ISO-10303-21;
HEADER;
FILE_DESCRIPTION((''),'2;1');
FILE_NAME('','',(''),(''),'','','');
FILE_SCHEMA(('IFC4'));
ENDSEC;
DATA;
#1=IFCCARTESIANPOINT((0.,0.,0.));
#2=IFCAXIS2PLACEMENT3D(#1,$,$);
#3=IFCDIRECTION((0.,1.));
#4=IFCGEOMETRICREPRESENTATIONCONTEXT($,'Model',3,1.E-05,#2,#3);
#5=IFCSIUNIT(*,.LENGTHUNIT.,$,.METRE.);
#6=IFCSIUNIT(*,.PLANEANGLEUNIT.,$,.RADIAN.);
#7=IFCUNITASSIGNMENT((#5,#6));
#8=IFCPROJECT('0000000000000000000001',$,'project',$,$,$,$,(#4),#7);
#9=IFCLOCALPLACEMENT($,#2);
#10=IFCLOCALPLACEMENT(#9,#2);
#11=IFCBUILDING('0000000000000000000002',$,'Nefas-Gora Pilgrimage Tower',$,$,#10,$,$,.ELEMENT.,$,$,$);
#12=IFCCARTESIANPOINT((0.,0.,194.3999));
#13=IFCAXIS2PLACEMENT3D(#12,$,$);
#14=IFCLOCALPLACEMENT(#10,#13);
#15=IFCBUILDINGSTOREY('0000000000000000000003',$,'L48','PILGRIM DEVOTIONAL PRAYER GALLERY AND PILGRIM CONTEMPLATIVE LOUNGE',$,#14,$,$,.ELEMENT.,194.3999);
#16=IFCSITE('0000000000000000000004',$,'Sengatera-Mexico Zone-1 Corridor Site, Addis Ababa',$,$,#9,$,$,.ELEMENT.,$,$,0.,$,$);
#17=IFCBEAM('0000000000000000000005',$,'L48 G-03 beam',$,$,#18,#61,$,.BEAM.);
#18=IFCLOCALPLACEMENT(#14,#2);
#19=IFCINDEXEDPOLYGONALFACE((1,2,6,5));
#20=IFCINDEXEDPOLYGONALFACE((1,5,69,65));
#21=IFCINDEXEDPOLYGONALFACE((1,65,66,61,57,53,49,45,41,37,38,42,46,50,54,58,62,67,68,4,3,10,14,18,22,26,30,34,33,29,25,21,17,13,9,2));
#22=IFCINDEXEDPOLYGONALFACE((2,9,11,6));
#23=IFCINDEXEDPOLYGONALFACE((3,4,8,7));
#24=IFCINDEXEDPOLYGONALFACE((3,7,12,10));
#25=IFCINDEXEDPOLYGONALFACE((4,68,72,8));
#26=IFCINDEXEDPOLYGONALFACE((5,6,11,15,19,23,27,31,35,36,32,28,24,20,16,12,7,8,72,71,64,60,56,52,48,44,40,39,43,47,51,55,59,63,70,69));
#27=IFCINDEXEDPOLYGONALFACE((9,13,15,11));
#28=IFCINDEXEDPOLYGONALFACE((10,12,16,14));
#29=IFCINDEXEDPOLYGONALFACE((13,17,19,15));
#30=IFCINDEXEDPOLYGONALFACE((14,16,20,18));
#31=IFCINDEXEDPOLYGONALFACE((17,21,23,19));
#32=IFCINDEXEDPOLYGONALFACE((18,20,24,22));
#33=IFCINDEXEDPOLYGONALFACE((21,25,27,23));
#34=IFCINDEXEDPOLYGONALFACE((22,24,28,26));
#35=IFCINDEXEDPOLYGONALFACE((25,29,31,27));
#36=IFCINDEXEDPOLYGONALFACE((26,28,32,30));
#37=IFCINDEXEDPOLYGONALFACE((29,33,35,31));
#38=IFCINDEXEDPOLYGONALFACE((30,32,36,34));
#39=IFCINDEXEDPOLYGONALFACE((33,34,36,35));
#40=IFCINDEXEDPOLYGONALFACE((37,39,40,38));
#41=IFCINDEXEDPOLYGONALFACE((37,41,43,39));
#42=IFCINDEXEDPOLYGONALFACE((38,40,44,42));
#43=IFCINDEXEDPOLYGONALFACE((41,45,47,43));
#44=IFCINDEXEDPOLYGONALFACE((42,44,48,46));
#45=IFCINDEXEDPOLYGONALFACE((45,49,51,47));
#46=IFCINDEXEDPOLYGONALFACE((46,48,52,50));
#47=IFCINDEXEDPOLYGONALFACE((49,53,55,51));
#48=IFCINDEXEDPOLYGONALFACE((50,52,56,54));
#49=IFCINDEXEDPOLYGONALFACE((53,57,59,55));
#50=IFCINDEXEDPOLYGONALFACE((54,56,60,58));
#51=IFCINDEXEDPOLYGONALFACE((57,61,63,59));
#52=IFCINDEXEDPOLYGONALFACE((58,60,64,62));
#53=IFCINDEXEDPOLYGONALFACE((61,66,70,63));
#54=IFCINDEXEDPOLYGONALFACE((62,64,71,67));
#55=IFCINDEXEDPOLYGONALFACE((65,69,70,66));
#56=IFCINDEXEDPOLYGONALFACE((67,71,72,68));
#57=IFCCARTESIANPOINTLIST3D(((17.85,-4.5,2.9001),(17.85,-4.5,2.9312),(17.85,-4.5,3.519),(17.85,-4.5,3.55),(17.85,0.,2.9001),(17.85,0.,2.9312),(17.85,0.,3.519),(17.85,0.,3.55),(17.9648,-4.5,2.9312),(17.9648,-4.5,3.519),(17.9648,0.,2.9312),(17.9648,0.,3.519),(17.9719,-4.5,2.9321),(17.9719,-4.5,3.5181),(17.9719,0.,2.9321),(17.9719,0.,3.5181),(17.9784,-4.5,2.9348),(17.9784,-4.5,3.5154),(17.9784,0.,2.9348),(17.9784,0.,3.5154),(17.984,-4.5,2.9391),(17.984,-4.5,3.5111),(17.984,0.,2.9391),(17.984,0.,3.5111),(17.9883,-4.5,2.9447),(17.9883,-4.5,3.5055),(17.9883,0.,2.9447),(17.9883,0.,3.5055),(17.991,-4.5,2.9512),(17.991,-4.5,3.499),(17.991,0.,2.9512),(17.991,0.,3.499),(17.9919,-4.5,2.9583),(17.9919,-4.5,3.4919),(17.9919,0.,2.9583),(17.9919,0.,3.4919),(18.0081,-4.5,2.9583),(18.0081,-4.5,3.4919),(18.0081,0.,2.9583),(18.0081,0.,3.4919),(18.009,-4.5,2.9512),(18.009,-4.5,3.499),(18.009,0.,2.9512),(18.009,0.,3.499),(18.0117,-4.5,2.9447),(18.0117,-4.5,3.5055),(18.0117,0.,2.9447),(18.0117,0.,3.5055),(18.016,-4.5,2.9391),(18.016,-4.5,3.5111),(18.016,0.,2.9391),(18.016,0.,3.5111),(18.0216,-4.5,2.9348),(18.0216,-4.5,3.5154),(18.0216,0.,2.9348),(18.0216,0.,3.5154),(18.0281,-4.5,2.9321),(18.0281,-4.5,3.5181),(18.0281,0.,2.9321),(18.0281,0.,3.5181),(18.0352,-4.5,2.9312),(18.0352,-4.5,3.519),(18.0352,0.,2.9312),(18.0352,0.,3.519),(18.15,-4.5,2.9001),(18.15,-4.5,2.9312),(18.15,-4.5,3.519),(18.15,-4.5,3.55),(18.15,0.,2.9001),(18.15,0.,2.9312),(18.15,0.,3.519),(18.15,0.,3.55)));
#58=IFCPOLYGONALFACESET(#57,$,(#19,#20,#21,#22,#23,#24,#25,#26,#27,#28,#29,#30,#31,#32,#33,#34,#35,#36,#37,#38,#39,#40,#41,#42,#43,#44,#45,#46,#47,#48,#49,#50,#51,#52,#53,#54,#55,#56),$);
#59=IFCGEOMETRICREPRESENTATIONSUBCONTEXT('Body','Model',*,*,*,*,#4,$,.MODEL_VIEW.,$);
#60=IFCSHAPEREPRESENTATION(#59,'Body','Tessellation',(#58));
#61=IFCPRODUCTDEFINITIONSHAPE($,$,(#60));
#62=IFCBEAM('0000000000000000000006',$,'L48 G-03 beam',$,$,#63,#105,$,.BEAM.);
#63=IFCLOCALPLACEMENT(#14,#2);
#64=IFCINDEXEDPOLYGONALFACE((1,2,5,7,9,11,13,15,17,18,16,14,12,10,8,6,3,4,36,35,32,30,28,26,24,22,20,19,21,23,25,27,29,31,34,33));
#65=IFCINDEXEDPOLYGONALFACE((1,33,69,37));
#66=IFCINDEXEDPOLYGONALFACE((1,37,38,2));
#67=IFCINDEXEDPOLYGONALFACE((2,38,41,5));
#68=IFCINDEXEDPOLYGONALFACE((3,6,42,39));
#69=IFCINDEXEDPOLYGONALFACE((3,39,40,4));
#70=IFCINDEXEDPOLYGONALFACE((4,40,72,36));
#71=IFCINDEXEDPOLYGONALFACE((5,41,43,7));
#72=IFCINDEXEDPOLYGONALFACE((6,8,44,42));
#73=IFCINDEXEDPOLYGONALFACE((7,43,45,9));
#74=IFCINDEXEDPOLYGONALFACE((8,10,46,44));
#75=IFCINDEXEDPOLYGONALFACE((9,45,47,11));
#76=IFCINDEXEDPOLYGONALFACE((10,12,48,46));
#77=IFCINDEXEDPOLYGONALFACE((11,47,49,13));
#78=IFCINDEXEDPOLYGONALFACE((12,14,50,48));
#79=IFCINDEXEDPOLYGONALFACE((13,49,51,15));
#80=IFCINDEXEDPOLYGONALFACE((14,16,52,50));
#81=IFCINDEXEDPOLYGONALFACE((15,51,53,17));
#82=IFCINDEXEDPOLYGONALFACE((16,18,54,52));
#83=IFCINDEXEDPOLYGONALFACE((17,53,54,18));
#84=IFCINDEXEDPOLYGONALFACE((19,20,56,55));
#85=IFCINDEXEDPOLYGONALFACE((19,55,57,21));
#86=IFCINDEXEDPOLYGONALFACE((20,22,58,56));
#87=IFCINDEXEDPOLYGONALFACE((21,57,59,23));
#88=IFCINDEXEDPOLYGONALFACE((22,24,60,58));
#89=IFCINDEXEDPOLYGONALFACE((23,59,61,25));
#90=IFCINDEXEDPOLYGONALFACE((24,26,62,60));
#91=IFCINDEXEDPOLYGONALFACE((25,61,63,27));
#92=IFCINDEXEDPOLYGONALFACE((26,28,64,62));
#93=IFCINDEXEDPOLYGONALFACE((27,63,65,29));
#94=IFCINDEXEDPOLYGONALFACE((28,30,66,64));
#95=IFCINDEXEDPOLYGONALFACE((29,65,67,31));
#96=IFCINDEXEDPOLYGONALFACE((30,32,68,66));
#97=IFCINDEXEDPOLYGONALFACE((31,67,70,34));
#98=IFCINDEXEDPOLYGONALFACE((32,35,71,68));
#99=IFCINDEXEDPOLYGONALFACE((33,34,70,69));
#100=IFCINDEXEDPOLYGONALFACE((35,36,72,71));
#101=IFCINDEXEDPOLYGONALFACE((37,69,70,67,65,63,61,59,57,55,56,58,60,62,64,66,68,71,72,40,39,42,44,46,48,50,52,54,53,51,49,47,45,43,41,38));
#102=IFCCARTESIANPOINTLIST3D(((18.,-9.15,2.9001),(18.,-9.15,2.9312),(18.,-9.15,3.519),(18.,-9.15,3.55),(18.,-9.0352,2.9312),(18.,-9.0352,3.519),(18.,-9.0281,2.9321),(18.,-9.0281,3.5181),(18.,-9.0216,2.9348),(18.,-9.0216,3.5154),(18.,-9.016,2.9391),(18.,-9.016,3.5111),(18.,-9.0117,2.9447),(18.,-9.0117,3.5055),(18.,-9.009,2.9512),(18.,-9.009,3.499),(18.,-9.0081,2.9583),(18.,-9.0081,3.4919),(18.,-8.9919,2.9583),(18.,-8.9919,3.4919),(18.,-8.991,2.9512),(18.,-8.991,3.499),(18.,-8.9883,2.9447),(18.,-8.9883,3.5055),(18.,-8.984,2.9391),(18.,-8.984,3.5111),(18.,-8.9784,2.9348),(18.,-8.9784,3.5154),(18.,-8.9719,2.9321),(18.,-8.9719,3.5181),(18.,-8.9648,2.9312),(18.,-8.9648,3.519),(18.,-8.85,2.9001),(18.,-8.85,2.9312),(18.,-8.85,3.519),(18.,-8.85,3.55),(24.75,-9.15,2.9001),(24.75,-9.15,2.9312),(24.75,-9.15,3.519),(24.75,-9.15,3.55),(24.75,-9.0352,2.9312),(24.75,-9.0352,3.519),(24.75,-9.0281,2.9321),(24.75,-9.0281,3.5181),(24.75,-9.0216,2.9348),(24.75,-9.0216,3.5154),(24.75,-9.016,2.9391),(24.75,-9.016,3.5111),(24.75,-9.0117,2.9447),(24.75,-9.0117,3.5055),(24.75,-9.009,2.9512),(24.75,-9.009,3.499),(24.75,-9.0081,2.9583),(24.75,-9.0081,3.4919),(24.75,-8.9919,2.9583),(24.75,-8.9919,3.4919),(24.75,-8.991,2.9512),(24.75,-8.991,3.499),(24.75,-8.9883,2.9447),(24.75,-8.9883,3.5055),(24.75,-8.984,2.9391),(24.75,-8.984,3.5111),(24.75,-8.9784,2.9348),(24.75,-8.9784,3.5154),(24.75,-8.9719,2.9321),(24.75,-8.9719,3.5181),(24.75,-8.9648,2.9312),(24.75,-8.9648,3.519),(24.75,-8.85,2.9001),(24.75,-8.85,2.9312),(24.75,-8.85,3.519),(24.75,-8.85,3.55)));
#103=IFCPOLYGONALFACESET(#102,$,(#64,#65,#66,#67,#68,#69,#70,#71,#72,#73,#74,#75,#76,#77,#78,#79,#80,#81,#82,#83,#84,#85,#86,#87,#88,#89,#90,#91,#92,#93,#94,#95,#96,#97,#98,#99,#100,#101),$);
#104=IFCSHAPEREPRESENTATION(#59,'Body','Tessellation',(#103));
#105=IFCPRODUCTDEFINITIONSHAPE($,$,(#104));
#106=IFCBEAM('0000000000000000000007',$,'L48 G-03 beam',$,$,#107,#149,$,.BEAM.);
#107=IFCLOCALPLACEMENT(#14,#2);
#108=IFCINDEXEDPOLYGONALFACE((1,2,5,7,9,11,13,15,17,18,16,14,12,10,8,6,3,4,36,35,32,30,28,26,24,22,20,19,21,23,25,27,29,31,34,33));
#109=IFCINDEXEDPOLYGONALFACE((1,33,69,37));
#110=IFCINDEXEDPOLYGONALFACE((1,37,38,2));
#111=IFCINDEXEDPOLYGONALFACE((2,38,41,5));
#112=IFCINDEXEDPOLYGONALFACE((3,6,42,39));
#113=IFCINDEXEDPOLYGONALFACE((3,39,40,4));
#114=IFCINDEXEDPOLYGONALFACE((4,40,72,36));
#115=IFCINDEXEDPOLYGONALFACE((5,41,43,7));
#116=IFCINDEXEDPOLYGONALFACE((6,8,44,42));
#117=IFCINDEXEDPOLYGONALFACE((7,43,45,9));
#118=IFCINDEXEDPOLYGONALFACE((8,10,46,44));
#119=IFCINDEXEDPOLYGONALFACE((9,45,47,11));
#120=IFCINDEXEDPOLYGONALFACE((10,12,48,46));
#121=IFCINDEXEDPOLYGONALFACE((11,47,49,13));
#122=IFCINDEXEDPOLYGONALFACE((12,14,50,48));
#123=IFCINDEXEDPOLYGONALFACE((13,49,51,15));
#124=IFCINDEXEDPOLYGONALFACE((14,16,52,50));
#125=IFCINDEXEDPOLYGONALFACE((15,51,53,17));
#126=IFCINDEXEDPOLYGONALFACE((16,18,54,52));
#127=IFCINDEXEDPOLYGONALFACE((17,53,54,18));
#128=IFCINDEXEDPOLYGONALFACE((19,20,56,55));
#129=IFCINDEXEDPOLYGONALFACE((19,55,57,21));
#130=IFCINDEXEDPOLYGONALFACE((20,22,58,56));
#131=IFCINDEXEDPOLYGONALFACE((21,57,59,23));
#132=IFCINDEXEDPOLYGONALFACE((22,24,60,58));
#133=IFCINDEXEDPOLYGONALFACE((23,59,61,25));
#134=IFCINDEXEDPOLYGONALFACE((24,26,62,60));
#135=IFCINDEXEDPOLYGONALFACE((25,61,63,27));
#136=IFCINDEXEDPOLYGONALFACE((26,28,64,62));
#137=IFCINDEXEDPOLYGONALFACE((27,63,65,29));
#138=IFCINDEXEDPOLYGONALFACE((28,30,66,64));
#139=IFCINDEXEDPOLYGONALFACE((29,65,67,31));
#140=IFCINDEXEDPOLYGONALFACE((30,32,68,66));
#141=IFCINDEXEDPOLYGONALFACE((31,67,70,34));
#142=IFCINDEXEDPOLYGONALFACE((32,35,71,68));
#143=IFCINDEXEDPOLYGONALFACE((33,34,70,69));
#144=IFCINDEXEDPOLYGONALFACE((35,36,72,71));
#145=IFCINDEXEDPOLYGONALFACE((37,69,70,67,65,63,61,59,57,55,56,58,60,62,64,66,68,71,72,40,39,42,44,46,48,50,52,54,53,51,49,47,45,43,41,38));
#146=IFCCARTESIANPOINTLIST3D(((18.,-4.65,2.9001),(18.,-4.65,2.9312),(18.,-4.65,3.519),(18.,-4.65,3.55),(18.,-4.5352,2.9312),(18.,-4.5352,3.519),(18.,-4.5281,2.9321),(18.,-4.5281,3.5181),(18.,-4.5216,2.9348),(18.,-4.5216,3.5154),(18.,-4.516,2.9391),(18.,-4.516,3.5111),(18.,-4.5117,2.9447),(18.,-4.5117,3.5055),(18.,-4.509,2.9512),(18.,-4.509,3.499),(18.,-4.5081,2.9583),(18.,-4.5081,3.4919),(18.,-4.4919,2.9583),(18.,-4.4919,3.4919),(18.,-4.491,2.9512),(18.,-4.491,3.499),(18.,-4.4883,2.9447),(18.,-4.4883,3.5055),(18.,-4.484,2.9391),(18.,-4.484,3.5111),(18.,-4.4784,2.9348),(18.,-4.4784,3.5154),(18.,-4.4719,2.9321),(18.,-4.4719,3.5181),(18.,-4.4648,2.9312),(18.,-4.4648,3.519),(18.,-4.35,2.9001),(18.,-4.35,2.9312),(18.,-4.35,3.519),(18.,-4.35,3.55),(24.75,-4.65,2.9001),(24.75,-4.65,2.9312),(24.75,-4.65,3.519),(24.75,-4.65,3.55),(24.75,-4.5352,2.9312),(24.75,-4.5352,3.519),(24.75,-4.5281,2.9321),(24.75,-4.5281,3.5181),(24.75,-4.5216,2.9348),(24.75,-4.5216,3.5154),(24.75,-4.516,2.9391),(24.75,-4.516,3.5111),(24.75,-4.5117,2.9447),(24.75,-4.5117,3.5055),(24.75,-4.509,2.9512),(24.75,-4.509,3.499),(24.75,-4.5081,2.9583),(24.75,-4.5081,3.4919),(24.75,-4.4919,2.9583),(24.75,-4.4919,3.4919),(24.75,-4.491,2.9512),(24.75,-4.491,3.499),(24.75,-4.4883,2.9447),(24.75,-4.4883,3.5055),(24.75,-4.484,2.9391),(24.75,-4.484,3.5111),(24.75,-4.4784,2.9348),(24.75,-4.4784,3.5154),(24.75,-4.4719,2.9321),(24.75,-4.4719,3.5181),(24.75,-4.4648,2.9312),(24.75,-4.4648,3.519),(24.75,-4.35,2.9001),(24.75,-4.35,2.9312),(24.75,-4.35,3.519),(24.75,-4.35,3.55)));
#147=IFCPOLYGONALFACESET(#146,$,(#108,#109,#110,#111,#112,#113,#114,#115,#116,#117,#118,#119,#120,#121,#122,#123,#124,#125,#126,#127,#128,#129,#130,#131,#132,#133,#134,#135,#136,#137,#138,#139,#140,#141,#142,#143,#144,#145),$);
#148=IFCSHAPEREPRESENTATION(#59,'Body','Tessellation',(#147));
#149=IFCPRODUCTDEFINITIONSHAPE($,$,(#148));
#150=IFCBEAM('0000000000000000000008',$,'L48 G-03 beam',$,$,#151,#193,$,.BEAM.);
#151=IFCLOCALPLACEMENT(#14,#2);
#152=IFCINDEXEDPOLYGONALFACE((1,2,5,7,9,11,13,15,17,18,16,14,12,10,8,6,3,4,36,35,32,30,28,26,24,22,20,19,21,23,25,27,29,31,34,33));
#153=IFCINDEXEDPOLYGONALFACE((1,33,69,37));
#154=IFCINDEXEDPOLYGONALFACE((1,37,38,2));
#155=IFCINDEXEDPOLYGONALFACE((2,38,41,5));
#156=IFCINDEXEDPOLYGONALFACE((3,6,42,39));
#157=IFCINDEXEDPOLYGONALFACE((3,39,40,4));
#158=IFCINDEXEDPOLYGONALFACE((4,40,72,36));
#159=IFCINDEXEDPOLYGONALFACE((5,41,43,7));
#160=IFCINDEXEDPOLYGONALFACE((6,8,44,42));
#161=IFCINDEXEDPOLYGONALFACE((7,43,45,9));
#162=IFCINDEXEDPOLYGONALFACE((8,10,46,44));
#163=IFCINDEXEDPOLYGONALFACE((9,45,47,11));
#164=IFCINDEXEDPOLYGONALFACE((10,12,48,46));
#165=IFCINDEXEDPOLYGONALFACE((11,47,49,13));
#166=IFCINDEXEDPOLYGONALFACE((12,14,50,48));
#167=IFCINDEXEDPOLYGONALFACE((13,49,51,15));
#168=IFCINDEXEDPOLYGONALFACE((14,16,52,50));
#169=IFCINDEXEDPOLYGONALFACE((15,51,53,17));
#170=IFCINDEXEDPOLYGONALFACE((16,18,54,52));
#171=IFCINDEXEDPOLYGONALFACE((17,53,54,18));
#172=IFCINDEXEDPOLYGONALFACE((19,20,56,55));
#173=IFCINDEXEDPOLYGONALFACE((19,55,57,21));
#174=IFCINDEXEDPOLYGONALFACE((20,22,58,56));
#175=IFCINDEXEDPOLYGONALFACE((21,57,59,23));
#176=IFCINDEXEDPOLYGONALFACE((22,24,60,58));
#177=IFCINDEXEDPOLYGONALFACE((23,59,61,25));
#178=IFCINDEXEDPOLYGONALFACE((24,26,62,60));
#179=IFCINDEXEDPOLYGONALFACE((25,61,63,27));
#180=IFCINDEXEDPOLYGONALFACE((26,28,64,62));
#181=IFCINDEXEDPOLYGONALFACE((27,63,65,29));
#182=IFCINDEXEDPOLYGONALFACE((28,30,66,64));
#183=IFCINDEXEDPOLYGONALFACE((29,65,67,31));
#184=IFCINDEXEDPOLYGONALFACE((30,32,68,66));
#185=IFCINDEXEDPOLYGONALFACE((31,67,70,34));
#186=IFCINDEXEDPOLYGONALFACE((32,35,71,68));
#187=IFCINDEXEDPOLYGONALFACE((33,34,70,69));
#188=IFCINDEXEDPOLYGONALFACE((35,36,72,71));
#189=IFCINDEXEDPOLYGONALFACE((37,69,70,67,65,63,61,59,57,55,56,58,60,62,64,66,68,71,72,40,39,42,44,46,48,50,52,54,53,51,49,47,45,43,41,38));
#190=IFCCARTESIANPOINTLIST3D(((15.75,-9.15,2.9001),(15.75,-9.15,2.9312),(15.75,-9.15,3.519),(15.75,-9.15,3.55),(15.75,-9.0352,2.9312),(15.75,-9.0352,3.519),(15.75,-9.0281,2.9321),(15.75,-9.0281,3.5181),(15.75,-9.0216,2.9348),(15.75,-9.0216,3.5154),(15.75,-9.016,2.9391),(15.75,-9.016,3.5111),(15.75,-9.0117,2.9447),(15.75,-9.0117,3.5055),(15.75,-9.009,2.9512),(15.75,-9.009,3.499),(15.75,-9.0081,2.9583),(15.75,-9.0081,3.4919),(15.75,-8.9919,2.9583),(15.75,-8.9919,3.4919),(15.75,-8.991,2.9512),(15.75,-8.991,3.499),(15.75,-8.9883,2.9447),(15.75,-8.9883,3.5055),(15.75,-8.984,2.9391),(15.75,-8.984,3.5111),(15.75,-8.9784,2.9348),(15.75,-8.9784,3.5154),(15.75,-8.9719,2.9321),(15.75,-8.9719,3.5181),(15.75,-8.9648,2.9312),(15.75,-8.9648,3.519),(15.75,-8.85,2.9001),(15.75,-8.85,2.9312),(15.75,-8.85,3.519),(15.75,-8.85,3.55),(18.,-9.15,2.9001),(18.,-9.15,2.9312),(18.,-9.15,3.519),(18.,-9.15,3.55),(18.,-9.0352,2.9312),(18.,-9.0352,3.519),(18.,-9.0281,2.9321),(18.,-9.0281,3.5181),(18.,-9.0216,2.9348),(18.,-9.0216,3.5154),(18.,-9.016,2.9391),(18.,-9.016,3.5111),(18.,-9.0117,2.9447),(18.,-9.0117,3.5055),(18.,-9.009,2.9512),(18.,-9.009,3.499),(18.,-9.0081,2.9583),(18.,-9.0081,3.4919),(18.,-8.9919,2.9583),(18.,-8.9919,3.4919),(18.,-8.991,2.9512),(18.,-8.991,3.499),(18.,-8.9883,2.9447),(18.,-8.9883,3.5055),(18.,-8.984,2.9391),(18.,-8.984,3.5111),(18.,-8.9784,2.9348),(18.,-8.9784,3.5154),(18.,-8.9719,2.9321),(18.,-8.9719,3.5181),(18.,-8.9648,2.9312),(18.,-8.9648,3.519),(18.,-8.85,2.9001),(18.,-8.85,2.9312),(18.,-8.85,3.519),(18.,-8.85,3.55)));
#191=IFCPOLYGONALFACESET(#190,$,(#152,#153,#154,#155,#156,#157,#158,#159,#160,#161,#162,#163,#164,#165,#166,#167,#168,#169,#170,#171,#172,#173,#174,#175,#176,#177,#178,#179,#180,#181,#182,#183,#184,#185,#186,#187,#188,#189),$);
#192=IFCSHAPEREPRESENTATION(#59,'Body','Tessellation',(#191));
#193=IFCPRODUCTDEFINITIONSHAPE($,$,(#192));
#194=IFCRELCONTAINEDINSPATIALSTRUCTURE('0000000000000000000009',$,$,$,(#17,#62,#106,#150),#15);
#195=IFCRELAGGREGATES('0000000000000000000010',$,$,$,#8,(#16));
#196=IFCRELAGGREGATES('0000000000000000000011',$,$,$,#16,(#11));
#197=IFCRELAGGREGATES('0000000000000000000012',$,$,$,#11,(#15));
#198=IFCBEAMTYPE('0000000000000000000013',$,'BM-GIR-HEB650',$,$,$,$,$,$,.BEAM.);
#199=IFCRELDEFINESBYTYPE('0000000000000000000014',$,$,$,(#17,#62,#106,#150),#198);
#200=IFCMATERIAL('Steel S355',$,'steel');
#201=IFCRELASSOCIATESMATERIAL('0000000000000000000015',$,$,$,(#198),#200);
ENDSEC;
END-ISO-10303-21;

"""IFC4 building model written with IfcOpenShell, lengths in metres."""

from ifc_helpers import new_model, si_unit, direction, frame, origin, origin_2d, place, context, subcontext, project, spatial, i_section, extrude, source, transform, mapped, material, material_profile, profile_set, type_object, element, save


model = new_model("IFC4")

# Units and contexts
model_context = context("Model", 3, precision=1e-05, world=origin(), true_north=direction((0.0, 1.0)))
body_context = subcontext(model_context, "Body", "Model", "MODEL_VIEW")
ifc_project = project(units=[si_unit("LENGTHUNIT", "METRE"), si_unit("PLANEANGLEUNIT", "RADIAN")], contexts=[model_context])

# Site, building, storey
site_placement = place(None, origin())
site = spatial("IfcSite", under=ifc_project, at=site_placement, Name="Sengatera-Mexico Zone-1 Corridor Site, Addis Ababa", CompositionType="ELEMENT", RefElevation=0.0)
building_placement = place(site_placement, origin())
building = spatial("IfcBuilding", under=site, at=building_placement, Name="Nefas-Gora Pilgrimage Tower", CompositionType="ELEMENT")
storey_placement = place(building_placement, frame((0.0, 0.0, 194.3999)))
storey = spatial("IfcBuildingStorey", under=building, at=storey_placement, Name="L48", Description="PILGRIM DEVOTIONAL PRAYER GALLERY AND PILGRIM CONTEMPLATIVE LOUNGE", CompositionType="ELEMENT", Elevation=194.3999)

# Beams
ifc_material_1 = material(Name="Steel S355", Category="steel")
ifc_material_profile_1 = material_profile(ifc_material_1, i_section(OverallWidth=0.3, OverallDepth=0.6499, WebThickness=0.0161, FlangeThickness=0.031, FilletRadius=0.0271, at=origin_2d()), Name="HEB 650")
ifc_profile_set_1 = profile_set([ifc_material_profile_1], Name="Steel S355")
beam_type_1 = type_object("IfcBeamType", Name="BM-GIR-HEB650", PredefinedType="BEAM", material=ifc_profile_set_1)
shared_shape_1 = source(origin(), body_context, "Body", "SweptSolid", [
    extrude(i_section(OverallWidth=0.3, OverallDepth=0.6499, WebThickness=0.0161, FlangeThickness=0.031, FilletRadius=0.0271, at=origin_2d()), origin(), (0.0, 0.0, 1.0), 4.5),
])
for number, where, z_axis, x_axis, name in (
    (1, (18.0, -4.5, 3.2251), (0.0, 1.0, 0.0), (-1.0, 0.0, 0.0), "L48 G-03 beam"),
):
    element("IfcBeam", number, at=place(storey_placement, frame(where, z_axis=z_axis, x_axis=x_axis)), inside=storey, type_object=beam_type_1, Name=name, PredefinedType="BEAM", context=body_context, shape_type="MappedRepresentation", body=[
        mapped(shared_shape_1, transform((0.0, 0.0, 0.0), x_axis=(1.0, 0.0, 0.0), y_axis=(0.0, 1.0, 0.0), z_axis=(0.0, 0.0, 1.0), scale=1.0)),
    ])
shared_shape_2 = source(origin(), body_context, "Body", "SweptSolid", [
    extrude(i_section(OverallWidth=0.3, OverallDepth=0.6499, WebThickness=0.0161, FlangeThickness=0.031, FilletRadius=0.0271, at=origin_2d()), origin(), (0.0, 0.0, 1.0), 6.75),
])
for number, where, z_axis, x_axis, name in (
    (2, (18.0, -9.0, 3.2251), (1.0, 0.0, 0.0), (0.0, 1.0, 0.0), "L48 G-03 beam"),
    (3, (18.0, -4.5, 3.2251), (1.0, 0.0, 0.0), (0.0, 1.0, 0.0), "L48 G-03 beam"),
):
    element("IfcBeam", number, at=place(storey_placement, frame(where, z_axis=z_axis, x_axis=x_axis)), inside=storey, type_object=beam_type_1, Name=name, PredefinedType="BEAM", context=body_context, shape_type="MappedRepresentation", body=[
        mapped(shared_shape_2, transform((0.0, 0.0, 0.0), x_axis=(1.0, 0.0, 0.0), y_axis=(0.0, 1.0, 0.0), z_axis=(0.0, 0.0, 1.0), scale=1.0)),
    ])
shared_shape_3 = source(origin(), body_context, "Body", "SweptSolid", [
    extrude(i_section(OverallWidth=0.3, OverallDepth=0.6499, WebThickness=0.0161, FlangeThickness=0.031, FilletRadius=0.0271, at=origin_2d()), origin(), (0.0, 0.0, 1.0), 2.25),
])
for number, where, z_axis, x_axis, name in (
    (4, (15.75, -9.0, 3.2251), (1.0, 0.0, 0.0), (0.0, 1.0, 0.0), "L48 G-03 beam"),
):
    element("IfcBeam", number, at=place(storey_placement, frame(where, z_axis=z_axis, x_axis=x_axis)), inside=storey, type_object=beam_type_1, Name=name, PredefinedType="BEAM", context=body_context, shape_type="MappedRepresentation", body=[
        mapped(shared_shape_3, transform((0.0, 0.0, 0.0), x_axis=(1.0, 0.0, 0.0), y_axis=(0.0, 1.0, 0.0), z_axis=(0.0, 0.0, 1.0), scale=1.0)),
    ])

save(model, "model.ifc")
